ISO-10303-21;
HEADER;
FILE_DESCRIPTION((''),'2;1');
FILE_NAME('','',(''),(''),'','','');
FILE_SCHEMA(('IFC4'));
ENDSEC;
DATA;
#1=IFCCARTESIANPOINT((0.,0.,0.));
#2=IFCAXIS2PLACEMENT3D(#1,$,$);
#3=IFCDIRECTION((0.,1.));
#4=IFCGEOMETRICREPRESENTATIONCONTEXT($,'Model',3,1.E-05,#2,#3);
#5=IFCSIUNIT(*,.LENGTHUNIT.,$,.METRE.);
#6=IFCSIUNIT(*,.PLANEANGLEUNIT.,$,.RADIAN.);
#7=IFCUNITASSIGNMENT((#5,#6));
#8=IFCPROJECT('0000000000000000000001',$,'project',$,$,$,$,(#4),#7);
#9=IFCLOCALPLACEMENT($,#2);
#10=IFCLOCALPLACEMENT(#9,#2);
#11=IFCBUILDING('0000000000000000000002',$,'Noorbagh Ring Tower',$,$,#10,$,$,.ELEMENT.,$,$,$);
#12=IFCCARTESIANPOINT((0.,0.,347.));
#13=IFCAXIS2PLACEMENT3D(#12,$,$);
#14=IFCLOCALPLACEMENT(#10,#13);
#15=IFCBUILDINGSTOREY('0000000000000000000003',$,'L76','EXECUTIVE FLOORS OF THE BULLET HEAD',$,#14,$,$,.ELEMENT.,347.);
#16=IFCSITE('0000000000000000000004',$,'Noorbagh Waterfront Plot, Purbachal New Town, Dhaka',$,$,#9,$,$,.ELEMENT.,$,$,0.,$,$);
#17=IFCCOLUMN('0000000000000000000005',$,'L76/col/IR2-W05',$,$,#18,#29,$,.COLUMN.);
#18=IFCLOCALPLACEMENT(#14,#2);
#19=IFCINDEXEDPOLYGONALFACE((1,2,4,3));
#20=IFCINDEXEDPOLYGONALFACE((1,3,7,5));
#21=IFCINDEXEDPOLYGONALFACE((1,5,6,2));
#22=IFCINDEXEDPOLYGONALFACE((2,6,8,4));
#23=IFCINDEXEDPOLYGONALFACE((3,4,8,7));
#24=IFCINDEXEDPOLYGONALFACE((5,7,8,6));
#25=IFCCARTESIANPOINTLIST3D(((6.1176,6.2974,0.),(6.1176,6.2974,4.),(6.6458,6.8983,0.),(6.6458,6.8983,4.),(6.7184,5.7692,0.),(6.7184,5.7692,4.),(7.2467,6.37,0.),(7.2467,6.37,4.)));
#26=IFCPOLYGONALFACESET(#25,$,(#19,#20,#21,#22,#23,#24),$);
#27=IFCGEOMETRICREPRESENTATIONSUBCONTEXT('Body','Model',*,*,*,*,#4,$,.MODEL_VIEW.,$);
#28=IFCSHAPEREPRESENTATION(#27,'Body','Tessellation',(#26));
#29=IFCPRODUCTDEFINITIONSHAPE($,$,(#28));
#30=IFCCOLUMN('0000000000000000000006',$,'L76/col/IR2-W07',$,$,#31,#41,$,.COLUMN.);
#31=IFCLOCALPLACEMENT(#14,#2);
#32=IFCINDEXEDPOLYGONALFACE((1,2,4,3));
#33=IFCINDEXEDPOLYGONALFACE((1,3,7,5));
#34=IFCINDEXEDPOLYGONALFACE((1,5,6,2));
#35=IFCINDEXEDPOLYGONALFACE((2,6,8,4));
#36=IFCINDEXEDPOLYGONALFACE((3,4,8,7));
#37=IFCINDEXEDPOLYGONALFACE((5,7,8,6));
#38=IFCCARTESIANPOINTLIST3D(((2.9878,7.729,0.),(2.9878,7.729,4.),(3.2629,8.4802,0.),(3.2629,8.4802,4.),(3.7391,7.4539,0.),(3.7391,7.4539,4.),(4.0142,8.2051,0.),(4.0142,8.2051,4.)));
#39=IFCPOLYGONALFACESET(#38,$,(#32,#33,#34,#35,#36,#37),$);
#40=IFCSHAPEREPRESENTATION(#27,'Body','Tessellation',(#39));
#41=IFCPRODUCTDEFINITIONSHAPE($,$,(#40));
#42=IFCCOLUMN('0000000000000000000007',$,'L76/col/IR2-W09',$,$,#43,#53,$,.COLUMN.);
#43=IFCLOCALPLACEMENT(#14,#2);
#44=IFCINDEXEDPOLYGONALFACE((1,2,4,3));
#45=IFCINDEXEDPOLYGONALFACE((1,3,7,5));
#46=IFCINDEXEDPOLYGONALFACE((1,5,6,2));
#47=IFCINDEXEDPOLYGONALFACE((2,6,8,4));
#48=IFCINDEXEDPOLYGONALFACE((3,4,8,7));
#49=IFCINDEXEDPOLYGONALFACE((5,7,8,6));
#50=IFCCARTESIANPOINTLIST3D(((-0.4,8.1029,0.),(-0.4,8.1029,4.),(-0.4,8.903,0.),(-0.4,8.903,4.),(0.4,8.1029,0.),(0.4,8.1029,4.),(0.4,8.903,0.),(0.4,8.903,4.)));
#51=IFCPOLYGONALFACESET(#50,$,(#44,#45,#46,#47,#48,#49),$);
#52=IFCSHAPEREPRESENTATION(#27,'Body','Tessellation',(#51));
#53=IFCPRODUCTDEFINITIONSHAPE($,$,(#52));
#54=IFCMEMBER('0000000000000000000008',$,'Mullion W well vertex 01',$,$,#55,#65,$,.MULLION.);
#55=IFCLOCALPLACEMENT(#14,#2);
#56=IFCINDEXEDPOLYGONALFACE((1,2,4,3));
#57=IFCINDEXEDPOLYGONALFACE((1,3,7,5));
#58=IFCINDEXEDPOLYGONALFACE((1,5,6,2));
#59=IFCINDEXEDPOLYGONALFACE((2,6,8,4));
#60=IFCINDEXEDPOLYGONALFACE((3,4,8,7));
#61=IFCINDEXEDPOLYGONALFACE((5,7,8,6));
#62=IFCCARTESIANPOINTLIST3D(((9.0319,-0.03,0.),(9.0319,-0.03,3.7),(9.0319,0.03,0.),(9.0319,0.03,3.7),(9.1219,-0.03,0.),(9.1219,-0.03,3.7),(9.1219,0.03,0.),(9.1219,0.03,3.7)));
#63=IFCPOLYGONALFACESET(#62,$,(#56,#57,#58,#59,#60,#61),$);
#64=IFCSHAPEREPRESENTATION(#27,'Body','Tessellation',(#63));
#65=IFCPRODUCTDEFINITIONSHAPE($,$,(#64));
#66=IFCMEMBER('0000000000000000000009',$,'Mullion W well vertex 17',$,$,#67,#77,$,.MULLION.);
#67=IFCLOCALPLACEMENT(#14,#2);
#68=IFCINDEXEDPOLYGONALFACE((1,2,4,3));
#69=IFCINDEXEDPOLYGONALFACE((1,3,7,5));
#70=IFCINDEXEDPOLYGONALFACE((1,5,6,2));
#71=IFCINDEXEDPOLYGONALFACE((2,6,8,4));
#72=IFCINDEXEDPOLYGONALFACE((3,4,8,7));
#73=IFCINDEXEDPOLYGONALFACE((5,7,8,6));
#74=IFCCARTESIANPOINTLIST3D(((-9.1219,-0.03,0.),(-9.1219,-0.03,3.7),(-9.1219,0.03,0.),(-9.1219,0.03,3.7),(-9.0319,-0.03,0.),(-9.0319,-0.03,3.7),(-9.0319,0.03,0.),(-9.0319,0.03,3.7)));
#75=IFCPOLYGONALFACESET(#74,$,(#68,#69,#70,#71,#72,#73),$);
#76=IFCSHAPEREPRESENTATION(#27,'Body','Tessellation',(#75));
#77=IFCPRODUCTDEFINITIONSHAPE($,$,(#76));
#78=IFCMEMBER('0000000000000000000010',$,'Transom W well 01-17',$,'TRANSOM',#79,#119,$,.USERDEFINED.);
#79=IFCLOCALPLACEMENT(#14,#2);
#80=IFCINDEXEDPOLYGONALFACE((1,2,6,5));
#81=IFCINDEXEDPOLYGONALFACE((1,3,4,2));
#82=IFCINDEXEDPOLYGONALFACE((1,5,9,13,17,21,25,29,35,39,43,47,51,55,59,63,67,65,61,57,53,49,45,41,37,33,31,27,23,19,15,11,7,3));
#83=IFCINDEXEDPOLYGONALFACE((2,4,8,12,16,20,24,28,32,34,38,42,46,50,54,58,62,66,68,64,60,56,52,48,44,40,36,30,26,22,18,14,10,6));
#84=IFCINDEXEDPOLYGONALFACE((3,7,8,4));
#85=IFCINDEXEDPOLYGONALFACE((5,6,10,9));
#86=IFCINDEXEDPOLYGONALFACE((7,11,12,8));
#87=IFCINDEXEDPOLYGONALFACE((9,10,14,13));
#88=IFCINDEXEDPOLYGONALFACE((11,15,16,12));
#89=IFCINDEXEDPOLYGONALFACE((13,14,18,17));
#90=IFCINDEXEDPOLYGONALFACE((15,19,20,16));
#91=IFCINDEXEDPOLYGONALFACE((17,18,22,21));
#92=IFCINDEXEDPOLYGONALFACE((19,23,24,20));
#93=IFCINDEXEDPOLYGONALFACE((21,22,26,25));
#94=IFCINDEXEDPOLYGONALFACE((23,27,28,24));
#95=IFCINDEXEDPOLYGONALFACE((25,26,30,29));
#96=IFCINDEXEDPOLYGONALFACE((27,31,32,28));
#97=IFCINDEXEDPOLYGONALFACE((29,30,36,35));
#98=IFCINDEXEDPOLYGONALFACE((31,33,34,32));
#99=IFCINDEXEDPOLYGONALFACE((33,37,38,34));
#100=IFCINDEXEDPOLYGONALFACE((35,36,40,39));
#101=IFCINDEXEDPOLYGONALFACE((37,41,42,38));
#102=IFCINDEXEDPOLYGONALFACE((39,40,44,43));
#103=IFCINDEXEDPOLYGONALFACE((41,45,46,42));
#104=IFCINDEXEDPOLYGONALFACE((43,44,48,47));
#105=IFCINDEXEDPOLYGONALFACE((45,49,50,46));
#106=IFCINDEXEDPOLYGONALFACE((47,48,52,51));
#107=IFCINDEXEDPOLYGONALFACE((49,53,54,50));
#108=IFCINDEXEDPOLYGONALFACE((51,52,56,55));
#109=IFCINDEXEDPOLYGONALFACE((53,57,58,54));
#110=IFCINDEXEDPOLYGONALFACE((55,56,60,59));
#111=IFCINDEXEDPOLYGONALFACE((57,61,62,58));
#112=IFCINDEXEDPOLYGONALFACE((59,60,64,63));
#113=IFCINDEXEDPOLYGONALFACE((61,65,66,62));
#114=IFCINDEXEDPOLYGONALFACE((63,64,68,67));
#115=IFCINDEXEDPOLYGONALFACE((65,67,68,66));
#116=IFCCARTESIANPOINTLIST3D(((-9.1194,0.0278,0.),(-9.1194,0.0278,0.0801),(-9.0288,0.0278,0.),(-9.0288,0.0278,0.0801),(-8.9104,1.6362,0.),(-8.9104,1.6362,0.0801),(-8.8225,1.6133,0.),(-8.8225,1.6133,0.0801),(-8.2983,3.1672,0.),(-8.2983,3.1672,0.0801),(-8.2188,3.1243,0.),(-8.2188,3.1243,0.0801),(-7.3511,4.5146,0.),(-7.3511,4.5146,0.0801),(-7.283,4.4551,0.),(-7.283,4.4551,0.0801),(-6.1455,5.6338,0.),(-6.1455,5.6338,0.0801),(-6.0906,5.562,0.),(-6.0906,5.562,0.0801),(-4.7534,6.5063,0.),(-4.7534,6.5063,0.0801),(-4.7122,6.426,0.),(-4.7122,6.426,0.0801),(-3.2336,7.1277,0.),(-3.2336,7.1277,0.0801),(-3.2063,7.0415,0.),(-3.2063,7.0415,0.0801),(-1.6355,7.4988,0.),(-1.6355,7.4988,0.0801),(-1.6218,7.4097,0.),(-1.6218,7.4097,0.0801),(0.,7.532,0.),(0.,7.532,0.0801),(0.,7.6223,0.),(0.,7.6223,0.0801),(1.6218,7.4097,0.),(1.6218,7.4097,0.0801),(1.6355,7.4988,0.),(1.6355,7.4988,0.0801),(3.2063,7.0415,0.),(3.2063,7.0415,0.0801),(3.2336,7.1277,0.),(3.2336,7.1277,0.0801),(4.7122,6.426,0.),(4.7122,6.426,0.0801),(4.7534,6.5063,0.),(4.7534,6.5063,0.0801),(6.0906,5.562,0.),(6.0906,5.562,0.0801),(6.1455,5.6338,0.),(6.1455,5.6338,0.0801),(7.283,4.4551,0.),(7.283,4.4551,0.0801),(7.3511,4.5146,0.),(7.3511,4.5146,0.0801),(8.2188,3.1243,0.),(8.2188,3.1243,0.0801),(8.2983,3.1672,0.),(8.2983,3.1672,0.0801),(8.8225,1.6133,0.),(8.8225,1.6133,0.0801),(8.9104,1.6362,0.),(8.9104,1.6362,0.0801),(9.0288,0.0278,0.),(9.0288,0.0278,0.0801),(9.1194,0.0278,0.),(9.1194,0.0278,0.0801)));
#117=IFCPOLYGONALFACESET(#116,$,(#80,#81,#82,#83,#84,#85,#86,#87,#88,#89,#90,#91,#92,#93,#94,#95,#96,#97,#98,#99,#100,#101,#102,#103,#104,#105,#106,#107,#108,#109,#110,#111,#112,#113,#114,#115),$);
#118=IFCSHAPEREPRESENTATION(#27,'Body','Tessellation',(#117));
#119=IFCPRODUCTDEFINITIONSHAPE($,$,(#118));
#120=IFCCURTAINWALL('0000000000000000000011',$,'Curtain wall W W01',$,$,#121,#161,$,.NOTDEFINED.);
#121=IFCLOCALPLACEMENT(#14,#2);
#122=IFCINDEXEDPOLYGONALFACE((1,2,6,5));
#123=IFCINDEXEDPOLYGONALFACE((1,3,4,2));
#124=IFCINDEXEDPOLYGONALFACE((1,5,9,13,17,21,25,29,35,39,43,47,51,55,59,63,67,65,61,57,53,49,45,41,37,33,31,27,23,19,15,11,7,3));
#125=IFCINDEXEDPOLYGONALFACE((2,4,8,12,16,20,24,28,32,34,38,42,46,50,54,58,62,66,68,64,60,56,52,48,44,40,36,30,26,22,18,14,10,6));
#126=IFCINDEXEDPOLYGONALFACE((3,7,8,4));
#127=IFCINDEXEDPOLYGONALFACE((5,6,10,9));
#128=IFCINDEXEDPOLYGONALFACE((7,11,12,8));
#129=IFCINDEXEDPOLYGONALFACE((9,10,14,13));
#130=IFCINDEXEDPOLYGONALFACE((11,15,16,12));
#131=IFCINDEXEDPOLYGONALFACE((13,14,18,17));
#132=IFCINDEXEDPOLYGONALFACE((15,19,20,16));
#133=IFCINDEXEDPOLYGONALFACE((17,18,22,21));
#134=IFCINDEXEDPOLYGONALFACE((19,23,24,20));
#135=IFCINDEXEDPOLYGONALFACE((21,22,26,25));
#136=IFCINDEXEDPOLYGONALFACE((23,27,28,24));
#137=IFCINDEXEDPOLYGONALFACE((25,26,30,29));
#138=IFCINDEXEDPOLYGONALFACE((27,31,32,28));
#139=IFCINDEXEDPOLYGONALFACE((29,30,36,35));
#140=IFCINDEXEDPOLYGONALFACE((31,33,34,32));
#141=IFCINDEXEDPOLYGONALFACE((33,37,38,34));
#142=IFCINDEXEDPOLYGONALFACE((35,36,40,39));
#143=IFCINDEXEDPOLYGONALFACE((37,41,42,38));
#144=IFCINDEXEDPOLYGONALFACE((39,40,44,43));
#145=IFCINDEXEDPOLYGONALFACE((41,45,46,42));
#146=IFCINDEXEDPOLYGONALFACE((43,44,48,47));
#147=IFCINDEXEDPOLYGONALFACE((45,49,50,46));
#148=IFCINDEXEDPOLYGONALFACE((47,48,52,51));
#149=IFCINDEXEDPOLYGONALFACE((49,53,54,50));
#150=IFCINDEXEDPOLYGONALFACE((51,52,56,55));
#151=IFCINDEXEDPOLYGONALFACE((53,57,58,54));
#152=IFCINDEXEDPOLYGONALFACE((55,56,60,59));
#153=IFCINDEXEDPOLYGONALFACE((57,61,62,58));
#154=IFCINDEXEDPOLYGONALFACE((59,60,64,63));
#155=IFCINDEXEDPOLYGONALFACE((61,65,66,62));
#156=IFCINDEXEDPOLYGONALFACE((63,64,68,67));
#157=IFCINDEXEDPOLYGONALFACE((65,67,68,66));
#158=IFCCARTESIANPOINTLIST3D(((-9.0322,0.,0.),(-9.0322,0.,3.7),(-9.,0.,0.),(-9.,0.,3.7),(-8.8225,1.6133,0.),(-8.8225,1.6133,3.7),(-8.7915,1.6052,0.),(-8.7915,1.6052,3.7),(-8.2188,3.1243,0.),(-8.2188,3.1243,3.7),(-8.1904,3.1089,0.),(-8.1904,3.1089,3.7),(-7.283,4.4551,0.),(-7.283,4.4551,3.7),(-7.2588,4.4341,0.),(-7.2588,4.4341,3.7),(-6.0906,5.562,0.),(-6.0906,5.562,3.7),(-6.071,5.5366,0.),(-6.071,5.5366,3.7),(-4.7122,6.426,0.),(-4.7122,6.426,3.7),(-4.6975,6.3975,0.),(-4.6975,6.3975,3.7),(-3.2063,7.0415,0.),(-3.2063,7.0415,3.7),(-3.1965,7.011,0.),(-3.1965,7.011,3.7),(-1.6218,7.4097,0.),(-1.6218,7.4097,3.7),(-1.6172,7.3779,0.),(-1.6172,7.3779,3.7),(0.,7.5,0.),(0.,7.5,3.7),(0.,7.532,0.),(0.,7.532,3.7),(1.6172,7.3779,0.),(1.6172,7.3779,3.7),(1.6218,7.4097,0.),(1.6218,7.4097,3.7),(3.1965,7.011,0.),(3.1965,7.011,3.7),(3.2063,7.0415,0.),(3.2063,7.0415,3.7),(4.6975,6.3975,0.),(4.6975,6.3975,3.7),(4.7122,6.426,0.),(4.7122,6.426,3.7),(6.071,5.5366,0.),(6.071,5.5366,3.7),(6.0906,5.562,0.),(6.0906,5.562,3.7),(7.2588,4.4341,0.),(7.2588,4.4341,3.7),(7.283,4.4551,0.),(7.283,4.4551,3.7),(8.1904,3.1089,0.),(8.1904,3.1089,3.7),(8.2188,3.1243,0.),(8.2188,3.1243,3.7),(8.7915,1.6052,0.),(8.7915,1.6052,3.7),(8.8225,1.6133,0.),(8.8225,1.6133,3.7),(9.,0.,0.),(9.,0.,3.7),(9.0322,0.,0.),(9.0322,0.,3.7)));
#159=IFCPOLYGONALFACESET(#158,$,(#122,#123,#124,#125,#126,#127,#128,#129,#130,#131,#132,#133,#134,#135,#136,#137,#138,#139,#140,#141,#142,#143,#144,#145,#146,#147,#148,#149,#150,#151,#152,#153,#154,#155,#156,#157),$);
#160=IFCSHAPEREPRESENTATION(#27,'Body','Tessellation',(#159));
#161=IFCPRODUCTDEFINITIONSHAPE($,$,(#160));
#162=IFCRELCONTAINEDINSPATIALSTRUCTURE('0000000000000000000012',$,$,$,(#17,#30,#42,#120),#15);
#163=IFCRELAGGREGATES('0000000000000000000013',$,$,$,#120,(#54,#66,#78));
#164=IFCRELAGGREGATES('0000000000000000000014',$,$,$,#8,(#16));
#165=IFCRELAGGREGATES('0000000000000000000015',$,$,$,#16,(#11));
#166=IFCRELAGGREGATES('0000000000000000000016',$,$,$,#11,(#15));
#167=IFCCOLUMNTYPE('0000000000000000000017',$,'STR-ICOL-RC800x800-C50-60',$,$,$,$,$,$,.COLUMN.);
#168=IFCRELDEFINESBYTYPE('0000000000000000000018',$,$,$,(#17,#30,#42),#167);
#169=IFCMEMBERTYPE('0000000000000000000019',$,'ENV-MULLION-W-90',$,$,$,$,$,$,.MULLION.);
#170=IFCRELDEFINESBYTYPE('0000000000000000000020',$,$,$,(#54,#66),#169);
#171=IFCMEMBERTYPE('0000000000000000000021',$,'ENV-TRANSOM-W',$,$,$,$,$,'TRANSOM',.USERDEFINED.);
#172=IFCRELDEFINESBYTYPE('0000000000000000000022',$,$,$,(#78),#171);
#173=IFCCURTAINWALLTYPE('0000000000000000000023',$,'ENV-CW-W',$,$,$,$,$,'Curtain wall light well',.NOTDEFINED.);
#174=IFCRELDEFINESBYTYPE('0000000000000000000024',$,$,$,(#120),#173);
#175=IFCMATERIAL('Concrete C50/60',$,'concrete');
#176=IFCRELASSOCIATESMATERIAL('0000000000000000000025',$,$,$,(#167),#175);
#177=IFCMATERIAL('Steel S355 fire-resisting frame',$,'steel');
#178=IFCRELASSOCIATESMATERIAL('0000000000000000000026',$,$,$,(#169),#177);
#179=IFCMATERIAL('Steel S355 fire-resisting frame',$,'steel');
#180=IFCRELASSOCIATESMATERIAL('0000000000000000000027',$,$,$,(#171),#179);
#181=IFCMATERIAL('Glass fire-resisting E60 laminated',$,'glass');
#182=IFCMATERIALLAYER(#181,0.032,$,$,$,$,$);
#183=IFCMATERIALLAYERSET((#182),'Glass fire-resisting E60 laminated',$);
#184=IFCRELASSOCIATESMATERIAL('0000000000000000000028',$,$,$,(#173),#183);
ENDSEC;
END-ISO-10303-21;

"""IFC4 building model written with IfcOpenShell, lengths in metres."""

from ifc_helpers import new_model, si_unit, direction, frame, origin, origin_2d, place, context, subcontext, project, spatial, polyline, rectangle, outline, extrude, material, layer, layer_set, material_profile, profile_set, type_object, element, aggregate, save


model = new_model("IFC4")

# Units and contexts
model_context = context("Model", 3, precision=1e-05, world=origin(), true_north=direction((0.0, 1.0)))
body_context = subcontext(model_context, "Body", "Model", "MODEL_VIEW")
ifc_project = project(units=[si_unit("LENGTHUNIT", "METRE"), si_unit("PLANEANGLEUNIT", "RADIAN")], contexts=[model_context])

# Site, building, storey
site_placement = place(None, origin())
site = spatial("IfcSite", under=ifc_project, at=site_placement, Name="Noorbagh Waterfront Plot, Purbachal New Town, Dhaka", CompositionType="ELEMENT", RefElevation=0.0)
building_placement = place(site_placement, origin())
building = spatial("IfcBuilding", under=site, at=building_placement, Name="Noorbagh Ring Tower", CompositionType="ELEMENT")
storey_placement = place(building_placement, frame((0.0, 0.0, 347.0)))
storey = spatial("IfcBuildingStorey", under=building, at=storey_placement, Name="L76", Description="EXECUTIVE FLOORS OF THE BULLET HEAD", CompositionType="ELEMENT", Elevation=347.0)

# Columns
ifc_material_1 = material(Name="Concrete C50/60", Category="concrete")
ifc_material_profile_1 = material_profile(ifc_material_1, rectangle(XDim=0.8, YDim=0.8, at=origin_2d()), Name="RC800x800")
ifc_profile_set_1 = profile_set([ifc_material_profile_1], Name="Concrete C50/60")
column_type = type_object("IfcColumnType", Name="STR-ICOL-RC800x800-C50-60", PredefinedType="COLUMN", material=ifc_profile_set_1)
for number, where, z_axis, x_axis, name in (
    (1, (6.6821, 6.3337, 0.0), (0.0, 0.0, 1.0), (-0.751022, 0.660277, 0.0), "L76/col/IR2-W05"),
    (2, (3.501, 7.967, 0.0), (0.0, 0.0, 1.0), (-0.93902, 0.343864, 0.0), "L76/col/IR2-W07"),
    (3, (0.0, 8.5029, 0.0), (0.0, 0.0, 1.0), (-1.0, 0.0, 0.0), "L76/col/IR2-W09"),
):
    element("IfcColumn", number, at=place(storey_placement, frame(where, z_axis=z_axis, x_axis=x_axis)), inside=storey, type_object=column_type, Name=name, PredefinedType="COLUMN", context=body_context, shape_type="SweptSolid", body=[
        extrude(rectangle(XDim=0.8, YDim=0.8, at=origin_2d()), origin(), (0.0, 0.0, 1.0), 4.0),
    ])

# Members
ifc_material_2 = material(Name="Steel S355 fire-resisting frame", Category="steel")
ifc_material_profile_2 = material_profile(ifc_material_2, rectangle(XDim=0.0901, YDim=0.0601, at=origin_2d()), Name="90x60")
ifc_profile_set_2 = profile_set([ifc_material_profile_2], Name="Steel S355 fire-resisting frame")
member_type_1 = type_object("IfcMemberType", Name="ENV-MULLION-W-90", PredefinedType="MULLION", material=ifc_profile_set_2)
member_1_placement = place(storey_placement, frame((9.0769, 0.0, 0.0), z_axis=(0.0, 0.0, 1.0), x_axis=(1.0, 0.0, 0.0)))
member_1 = element("IfcMember", 4, at=member_1_placement, type_object=member_type_1, Name="Mullion W well vertex 01", PredefinedType="MULLION", context=body_context, shape_type="SweptSolid", body=[
    extrude(rectangle(XDim=0.0901, YDim=0.0601, at=origin_2d()), origin(), (0.0, 0.0, 1.0), 3.7),
])
member_2_placement = place(storey_placement, frame((-9.0769, 0.0, 0.0), z_axis=(0.0, 0.0, 1.0), x_axis=(-1.0, 0.0, 0.0)))
member_2 = element("IfcMember", 5, at=member_2_placement, type_object=member_type_1, Name="Mullion W well vertex 17", PredefinedType="MULLION", context=body_context, shape_type="SweptSolid", body=[
    extrude(rectangle(XDim=0.0901, YDim=0.0601, at=origin_2d()), origin(), (0.0, 0.0, 1.0), 3.7),
])
ifc_material_3 = material(Name="Steel S355 fire-resisting frame", Category="steel")
member_type_2 = type_object("IfcMemberType", Name="ENV-TRANSOM-W", ElementType="TRANSOM", PredefinedType="USERDEFINED", material=ifc_material_3)
member_3_placement = place(storey_placement, origin())
member_3 = element("IfcMember", 6, at=member_3_placement, type_object=member_type_2, Name="Transom W well 01-17", ObjectType="TRANSOM", PredefinedType="USERDEFINED", context=body_context, shape_type="SweptSolid", body=[
    extrude(outline(polyline([(9.1194, 0.0278), (8.9104, 1.6362), (8.2983, 3.1672), (7.3511, 4.5146), (6.1455, 5.6338), (4.7534, 6.5063), (3.2336, 7.1277), (1.6355, 7.4988), (0.0, 7.6223), (-1.6355, 7.4988), (-3.2336, 7.1277), (-4.7534, 6.5063), (-6.1455, 5.6338), (-7.3511, 4.5146), (-8.2983, 3.1672), (-8.9104, 1.6362), (-9.1194, 0.0278), (-9.0288, 0.0278), (-8.8225, 1.6133), (-8.2188, 3.1243), (-7.283, 4.4551), (-6.0906, 5.562), (-4.7122, 6.426), (-3.2063, 7.0415), (-1.6218, 7.4097), (0.0, 7.532), (1.6218, 7.4097), (3.2063, 7.0415), (4.7122, 6.426), (6.0906, 5.562), (7.283, 4.4551), (8.2188, 3.1243), (8.8225, 1.6133), (9.0288, 0.0278), (9.1194, 0.0278)])), origin(), (0.0, 0.0, 1.0), 0.0801),
])

# Curtain wall
ifc_material_4 = material(Name="Glass fire-resisting E60 laminated", Category="glass")
ifc_layer_1 = layer(ifc_material_4, 0.032)
ifc_layer_set_1 = layer_set([ifc_layer_1], Name="Glass fire-resisting E60 laminated")
curtain_wall_type_1 = type_object("IfcCurtainWallType", Name="ENV-CW-W", ElementType="Curtain wall light well", PredefinedType="NOTDEFINED", material=ifc_layer_set_1)
curtain_wall_1_placement = place(storey_placement, origin())
curtain_wall_1 = element("IfcCurtainWall", 7, at=curtain_wall_1_placement, inside=storey, type_object=curtain_wall_type_1, Name="Curtain wall W W01", PredefinedType="NOTDEFINED", context=body_context, shape_type="SweptSolid", body=[
    extrude(outline(polyline([(9.0322, 0.0), (8.8225, 1.6133), (8.2188, 3.1243), (7.283, 4.4551), (6.0906, 5.562), (4.7122, 6.426), (3.2063, 7.0415), (1.6218, 7.4097), (0.0, 7.532), (-1.6218, 7.4097), (-3.2063, 7.0415), (-4.7122, 6.426), (-6.0906, 5.562), (-7.283, 4.4551), (-8.2188, 3.1243), (-8.8225, 1.6133), (-9.0322, 0.0), (-9.0, 0.0), (-8.7915, 1.6052), (-8.1904, 3.1089), (-7.2588, 4.4341), (-6.071, 5.5366), (-4.6975, 6.3975), (-3.1965, 7.011), (-1.6172, 7.3779), (0.0, 7.5), (1.6172, 7.3779), (3.1965, 7.011), (4.6975, 6.3975), (6.071, 5.5366), (7.2588, 4.4341), (8.1904, 3.1089), (8.7915, 1.6052), (9.0, 0.0), (9.0322, 0.0)])), origin(), (0.0, 0.0, 1.0), 3.7),
])
aggregate(curtain_wall_1, [member_1, member_2, member_3])

save(model, "model.ifc")
